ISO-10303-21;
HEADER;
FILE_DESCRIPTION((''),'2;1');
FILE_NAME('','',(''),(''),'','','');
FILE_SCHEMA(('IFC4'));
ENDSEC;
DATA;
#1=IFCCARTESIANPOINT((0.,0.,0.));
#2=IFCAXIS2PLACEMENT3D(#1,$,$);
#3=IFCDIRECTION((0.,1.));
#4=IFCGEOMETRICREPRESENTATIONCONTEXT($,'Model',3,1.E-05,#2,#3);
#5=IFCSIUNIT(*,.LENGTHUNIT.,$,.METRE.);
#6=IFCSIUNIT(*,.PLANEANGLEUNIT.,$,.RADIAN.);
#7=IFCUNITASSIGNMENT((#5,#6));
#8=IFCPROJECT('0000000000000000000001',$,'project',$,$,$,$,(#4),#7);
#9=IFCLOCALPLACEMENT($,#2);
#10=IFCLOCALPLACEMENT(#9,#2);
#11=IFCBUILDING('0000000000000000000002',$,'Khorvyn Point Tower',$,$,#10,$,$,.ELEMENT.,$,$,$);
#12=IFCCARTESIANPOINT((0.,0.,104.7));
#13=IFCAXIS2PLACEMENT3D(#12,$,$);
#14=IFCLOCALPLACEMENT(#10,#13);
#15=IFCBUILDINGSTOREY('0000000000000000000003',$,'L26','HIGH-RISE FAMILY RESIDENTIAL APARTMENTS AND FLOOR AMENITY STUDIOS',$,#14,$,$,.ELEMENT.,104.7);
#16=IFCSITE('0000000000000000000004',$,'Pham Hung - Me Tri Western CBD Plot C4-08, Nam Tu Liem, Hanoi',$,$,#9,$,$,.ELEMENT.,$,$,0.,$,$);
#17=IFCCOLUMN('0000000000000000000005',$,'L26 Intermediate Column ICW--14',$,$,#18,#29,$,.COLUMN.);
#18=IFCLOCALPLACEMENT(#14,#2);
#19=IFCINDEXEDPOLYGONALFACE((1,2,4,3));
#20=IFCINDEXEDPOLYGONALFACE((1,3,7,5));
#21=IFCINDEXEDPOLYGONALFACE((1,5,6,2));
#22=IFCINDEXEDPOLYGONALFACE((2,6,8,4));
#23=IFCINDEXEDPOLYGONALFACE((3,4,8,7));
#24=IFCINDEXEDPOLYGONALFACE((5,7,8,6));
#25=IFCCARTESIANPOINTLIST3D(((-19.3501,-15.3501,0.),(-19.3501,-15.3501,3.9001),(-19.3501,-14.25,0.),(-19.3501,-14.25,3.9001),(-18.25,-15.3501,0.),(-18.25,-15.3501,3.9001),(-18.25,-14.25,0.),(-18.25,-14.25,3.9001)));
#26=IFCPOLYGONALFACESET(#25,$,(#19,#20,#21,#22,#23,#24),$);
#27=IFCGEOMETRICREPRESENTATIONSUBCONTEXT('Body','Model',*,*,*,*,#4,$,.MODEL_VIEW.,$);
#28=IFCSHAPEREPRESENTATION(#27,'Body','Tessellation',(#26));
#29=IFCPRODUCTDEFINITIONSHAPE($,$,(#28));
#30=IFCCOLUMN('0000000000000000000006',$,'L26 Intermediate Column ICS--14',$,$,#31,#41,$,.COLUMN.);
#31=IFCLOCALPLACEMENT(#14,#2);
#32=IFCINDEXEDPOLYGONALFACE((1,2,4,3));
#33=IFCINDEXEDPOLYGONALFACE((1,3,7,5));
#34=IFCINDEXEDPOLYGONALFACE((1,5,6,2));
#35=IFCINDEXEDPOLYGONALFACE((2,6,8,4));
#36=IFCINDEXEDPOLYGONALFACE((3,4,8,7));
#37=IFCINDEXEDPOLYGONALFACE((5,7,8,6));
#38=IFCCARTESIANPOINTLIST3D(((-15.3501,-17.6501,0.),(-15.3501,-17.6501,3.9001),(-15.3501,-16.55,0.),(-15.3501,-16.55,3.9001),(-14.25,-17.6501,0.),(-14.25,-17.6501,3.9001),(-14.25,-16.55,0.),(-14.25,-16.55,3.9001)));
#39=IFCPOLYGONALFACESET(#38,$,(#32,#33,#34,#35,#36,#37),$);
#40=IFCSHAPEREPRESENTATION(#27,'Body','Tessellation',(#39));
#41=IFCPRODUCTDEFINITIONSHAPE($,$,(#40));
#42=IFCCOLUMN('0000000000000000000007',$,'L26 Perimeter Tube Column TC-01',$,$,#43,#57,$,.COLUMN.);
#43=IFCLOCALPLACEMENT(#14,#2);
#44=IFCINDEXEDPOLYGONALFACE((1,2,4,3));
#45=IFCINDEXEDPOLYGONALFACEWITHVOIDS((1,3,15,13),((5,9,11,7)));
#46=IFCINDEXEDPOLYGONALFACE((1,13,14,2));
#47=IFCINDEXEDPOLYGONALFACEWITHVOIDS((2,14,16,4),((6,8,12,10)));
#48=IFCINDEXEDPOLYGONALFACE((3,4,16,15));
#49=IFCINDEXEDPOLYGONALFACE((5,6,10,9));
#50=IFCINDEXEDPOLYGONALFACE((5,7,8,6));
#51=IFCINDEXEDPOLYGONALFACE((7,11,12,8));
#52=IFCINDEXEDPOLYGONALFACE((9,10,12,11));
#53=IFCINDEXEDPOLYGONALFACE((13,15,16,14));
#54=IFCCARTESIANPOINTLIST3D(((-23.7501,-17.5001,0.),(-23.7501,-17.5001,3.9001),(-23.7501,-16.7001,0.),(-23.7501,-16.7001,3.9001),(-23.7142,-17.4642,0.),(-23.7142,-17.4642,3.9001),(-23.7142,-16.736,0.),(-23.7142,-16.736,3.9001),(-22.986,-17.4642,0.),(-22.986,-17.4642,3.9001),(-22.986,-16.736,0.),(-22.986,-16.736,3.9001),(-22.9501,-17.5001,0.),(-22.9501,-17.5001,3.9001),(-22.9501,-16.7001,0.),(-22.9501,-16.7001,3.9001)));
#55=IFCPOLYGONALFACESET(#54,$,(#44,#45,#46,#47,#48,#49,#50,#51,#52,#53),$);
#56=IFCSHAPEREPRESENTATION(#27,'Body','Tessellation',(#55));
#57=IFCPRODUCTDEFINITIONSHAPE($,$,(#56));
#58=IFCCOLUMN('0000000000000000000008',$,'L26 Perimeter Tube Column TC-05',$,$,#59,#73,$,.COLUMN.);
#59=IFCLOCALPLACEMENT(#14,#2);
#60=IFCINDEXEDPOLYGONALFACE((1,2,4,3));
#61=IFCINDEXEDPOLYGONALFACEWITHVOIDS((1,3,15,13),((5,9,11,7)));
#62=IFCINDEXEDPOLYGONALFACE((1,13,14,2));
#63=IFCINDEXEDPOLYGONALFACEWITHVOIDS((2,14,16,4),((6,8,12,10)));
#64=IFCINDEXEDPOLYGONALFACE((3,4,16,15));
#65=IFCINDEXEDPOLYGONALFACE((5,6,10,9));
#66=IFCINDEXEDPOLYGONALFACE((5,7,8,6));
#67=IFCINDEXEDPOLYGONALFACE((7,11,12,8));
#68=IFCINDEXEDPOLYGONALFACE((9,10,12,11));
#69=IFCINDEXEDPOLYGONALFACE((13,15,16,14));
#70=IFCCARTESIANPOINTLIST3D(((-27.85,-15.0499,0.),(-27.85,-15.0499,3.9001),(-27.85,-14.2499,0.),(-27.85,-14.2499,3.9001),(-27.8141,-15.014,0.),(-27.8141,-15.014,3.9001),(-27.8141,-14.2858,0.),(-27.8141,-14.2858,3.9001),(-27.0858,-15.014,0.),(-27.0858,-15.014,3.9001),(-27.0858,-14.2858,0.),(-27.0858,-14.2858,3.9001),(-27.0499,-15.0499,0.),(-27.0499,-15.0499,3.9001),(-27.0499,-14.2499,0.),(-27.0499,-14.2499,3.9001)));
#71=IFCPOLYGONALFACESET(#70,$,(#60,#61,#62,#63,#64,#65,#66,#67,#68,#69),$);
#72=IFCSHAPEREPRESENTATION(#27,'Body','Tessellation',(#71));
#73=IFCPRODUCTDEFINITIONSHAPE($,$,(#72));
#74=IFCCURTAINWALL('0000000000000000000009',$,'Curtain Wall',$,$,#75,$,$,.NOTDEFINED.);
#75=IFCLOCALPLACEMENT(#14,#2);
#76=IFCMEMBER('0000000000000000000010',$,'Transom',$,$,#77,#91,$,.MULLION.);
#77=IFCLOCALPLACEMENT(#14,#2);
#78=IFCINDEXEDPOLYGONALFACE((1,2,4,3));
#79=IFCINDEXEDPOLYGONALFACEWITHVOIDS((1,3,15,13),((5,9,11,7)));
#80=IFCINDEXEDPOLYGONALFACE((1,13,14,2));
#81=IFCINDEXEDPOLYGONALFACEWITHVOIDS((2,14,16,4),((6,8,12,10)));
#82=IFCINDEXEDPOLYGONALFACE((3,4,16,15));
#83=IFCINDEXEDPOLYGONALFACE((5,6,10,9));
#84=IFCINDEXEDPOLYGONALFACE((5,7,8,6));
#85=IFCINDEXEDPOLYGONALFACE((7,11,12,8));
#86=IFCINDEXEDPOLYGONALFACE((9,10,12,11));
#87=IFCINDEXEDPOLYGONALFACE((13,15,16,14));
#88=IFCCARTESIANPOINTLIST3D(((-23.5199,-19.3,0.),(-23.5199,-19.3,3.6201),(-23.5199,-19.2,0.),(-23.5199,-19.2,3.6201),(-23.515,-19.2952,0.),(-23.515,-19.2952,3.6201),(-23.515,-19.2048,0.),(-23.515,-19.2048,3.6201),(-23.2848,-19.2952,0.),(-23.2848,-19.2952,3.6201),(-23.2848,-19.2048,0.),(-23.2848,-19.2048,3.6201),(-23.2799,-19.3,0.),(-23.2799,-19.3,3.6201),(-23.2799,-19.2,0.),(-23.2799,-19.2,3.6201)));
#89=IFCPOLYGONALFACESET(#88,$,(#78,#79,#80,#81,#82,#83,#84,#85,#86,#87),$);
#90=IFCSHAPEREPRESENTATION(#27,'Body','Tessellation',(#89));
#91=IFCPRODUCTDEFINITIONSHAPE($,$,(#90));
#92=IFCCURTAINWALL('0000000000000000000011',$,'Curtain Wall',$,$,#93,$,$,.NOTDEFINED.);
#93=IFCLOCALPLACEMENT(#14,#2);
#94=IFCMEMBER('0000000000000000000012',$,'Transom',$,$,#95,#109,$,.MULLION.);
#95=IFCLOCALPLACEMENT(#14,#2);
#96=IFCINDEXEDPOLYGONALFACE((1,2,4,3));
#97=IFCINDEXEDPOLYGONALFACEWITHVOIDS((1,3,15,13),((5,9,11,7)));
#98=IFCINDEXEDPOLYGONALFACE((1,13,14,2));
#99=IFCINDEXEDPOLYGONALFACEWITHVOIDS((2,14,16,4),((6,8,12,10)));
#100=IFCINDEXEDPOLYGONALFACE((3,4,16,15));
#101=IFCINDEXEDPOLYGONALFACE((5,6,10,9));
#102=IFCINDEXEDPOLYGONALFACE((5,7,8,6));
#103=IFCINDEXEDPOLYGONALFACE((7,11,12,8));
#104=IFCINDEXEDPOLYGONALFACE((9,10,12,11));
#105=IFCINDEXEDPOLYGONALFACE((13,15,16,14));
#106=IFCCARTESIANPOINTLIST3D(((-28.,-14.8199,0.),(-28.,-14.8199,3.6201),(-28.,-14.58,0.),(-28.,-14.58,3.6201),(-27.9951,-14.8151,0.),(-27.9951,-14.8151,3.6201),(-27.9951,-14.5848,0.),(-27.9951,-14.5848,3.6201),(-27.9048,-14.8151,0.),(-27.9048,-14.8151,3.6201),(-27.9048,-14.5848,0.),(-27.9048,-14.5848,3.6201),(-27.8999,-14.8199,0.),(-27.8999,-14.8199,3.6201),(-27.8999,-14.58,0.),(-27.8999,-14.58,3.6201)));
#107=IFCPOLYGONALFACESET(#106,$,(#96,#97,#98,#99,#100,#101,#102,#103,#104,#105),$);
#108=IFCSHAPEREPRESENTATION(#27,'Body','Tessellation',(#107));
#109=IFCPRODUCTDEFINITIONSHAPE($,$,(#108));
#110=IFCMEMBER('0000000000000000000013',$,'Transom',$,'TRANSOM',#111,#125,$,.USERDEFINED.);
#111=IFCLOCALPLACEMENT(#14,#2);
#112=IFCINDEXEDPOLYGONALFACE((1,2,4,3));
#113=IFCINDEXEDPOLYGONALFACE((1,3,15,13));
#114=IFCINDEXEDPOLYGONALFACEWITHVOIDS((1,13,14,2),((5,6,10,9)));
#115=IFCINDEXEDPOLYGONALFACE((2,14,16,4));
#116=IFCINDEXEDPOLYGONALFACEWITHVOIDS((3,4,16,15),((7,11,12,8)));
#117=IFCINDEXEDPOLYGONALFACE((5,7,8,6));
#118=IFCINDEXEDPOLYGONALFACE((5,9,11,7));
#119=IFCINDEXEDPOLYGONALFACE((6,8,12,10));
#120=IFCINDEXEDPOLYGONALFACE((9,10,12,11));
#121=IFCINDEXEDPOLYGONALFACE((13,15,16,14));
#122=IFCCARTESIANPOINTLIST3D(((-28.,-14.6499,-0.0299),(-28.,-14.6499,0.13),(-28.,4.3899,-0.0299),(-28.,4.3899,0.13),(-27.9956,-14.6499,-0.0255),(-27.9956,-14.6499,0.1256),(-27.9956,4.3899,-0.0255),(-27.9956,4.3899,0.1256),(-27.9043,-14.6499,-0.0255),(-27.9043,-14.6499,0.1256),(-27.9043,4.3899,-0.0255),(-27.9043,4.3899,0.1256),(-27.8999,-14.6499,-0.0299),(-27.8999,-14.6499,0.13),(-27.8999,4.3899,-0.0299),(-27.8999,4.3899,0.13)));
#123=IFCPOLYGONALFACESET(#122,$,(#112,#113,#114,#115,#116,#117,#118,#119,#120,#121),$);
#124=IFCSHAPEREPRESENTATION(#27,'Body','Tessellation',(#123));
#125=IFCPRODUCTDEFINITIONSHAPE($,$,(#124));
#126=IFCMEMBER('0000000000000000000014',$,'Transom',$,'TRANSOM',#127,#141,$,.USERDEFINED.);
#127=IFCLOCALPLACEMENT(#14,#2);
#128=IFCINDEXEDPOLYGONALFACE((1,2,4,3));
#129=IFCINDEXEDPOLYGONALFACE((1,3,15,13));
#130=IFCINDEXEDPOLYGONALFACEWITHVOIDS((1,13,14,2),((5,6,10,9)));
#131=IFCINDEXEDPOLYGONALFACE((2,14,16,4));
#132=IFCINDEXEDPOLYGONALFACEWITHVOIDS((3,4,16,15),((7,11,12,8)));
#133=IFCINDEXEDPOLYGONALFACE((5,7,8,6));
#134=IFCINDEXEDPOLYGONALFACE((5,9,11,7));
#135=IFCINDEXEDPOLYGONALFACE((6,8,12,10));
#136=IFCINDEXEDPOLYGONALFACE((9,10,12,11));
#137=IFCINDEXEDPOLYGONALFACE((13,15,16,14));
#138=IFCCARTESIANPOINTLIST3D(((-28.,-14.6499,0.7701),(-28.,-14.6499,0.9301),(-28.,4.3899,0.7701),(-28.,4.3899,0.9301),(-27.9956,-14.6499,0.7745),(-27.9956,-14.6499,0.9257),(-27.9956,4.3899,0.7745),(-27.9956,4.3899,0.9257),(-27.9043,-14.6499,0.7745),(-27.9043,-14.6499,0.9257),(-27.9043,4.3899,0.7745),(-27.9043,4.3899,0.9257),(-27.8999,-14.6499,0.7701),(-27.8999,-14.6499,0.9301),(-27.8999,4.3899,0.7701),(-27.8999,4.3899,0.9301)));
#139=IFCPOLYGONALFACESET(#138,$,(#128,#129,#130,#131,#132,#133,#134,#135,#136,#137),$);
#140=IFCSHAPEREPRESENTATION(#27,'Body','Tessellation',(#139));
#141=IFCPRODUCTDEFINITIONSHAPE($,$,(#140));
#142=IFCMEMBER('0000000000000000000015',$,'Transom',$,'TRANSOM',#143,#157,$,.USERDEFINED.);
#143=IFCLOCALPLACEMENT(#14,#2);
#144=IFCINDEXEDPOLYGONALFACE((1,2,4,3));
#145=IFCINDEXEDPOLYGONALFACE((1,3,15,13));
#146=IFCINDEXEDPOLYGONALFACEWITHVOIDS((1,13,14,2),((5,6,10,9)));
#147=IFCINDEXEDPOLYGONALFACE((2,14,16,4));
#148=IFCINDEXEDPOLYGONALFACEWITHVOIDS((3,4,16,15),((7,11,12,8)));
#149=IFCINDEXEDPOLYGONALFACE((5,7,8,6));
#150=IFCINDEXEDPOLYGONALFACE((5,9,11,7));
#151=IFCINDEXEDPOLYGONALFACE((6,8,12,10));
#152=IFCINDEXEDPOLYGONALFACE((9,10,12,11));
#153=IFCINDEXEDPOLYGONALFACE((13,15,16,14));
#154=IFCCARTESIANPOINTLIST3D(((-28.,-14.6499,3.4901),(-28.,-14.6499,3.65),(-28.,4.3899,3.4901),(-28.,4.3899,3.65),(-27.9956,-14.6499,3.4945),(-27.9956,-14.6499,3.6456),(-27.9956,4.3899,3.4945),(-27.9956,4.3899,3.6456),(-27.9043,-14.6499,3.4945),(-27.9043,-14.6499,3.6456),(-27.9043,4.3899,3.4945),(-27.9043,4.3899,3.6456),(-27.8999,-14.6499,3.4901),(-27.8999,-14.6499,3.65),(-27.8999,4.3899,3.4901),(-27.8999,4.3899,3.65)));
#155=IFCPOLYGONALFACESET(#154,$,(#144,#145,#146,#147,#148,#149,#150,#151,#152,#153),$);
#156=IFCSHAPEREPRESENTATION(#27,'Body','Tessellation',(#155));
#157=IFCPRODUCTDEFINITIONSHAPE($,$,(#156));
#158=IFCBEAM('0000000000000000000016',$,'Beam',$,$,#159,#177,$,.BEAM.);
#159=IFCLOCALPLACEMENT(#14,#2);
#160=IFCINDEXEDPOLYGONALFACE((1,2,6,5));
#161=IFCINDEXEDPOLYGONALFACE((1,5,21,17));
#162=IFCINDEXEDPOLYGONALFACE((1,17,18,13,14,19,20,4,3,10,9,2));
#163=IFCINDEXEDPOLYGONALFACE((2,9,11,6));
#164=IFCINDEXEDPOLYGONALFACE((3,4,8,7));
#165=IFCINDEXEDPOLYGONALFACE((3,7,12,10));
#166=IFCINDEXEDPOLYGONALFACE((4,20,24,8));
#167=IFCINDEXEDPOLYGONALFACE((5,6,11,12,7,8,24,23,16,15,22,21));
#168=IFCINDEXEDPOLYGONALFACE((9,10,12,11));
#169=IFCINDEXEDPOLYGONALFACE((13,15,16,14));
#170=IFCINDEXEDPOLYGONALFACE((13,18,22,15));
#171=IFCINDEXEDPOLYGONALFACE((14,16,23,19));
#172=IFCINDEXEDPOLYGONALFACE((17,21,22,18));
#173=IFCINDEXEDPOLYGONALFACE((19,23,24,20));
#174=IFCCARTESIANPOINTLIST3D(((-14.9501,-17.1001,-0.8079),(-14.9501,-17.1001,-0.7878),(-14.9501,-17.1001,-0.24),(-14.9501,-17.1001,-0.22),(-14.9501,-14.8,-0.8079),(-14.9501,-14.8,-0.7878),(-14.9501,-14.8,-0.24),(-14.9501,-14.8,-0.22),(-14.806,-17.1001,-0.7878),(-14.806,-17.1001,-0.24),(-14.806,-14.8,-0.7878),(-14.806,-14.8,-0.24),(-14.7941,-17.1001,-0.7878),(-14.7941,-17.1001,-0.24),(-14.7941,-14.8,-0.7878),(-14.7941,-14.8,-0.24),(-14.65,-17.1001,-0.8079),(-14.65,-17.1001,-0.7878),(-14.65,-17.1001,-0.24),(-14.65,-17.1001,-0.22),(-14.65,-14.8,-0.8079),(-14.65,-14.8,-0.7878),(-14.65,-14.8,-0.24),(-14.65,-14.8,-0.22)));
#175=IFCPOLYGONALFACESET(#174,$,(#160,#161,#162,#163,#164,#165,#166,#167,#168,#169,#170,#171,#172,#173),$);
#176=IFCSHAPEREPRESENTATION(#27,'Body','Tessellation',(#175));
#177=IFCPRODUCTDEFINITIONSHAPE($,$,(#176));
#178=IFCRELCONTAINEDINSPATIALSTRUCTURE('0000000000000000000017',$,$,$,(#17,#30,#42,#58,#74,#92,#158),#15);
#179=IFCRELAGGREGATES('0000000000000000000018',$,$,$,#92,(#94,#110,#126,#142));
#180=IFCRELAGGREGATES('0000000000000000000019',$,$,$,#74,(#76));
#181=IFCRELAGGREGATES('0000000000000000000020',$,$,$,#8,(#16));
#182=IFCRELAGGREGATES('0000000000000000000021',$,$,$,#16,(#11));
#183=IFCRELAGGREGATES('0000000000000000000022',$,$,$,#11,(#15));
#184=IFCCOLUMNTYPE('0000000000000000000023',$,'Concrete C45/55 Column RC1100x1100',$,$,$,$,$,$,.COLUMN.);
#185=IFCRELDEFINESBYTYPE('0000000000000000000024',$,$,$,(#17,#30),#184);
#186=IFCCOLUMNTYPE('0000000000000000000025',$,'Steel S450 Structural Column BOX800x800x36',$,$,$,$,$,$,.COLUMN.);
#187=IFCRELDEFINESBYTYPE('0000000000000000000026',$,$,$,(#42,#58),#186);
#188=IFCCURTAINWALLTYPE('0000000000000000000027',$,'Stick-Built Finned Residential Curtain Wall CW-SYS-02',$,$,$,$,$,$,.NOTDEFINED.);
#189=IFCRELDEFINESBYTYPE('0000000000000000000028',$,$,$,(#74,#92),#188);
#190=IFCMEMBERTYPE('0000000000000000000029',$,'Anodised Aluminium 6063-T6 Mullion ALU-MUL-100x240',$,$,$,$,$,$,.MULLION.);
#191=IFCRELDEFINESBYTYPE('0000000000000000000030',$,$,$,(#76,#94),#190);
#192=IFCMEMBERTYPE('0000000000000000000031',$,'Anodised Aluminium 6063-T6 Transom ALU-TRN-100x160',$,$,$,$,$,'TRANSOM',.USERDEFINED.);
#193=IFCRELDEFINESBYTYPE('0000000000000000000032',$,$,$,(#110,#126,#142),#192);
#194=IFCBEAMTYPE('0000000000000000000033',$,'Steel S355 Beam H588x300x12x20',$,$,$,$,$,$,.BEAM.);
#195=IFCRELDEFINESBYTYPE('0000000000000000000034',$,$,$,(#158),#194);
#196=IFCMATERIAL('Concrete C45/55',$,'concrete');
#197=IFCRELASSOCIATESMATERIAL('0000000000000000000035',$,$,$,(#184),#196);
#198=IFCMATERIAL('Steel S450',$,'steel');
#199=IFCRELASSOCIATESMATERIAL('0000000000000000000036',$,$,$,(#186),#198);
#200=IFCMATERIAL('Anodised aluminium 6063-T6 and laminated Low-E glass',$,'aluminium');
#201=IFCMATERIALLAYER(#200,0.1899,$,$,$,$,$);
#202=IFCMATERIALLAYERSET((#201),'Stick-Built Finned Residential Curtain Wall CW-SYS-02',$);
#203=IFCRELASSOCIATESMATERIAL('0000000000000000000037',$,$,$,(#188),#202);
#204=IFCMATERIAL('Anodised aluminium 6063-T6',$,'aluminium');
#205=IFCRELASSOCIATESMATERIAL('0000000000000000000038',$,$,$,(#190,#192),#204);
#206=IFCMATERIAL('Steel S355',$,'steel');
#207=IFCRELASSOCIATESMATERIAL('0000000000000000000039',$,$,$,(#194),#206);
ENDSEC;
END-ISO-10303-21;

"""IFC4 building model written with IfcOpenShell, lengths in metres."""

from ifc_helpers import new_model, si_unit, direction, frame, origin, origin_2d, place, context, subcontext, project, spatial, rectangle, hollow_rectangle, i_section, extrude, material, layer, layer_set, material_profile, profile_set, type_object, element, aggregate, save


model = new_model("IFC4")

# Units and contexts
model_context = context("Model", 3, precision=1e-05, world=origin(), true_north=direction((0.0, 1.0)))
body_context = subcontext(model_context, "Body", "Model", "MODEL_VIEW")
ifc_project = project(units=[si_unit("LENGTHUNIT", "METRE"), si_unit("PLANEANGLEUNIT", "RADIAN")], contexts=[model_context])

# Site, building, storey
site_placement = place(None, origin())
site = spatial("IfcSite", under=ifc_project, at=site_placement, Name="Pham Hung - Me Tri Western CBD Plot C4-08, Nam Tu Liem, Hanoi", CompositionType="ELEMENT", RefElevation=0.0)
building_placement = place(site_placement, origin())
building = spatial("IfcBuilding", under=site, at=building_placement, Name="Khorvyn Point Tower", CompositionType="ELEMENT")
storey_placement = place(building_placement, frame((0.0, 0.0, 104.7)))
storey = spatial("IfcBuildingStorey", under=building, at=storey_placement, Name="L26", Description="HIGH-RISE FAMILY RESIDENTIAL APARTMENTS AND FLOOR AMENITY STUDIOS", CompositionType="ELEMENT", Elevation=104.7)

# Columns
ifc_material_1 = material(Name="Concrete C45/55", Category="concrete")
ifc_material_profile_1 = material_profile(ifc_material_1, rectangle(XDim=1.1001, YDim=1.1001, at=origin_2d()))
ifc_profile_set_1 = profile_set([ifc_material_profile_1], Name="Concrete C45/55 RC1100x1100")
column_type_1 = type_object("IfcColumnType", Name="Concrete C45/55 Column RC1100x1100", PredefinedType="COLUMN", material=ifc_profile_set_1)
for number, where, z_axis, x_axis, name in (
    (1, (-18.8, -14.8, 0.0), (0.0, 0.0, 1.0), (1.0, 0.0, 0.0), "L26 Intermediate Column ICW--14"),
    (2, (-14.8, -17.1001, 0.0), (0.0, 0.0, 1.0), (1.0, 0.0, 0.0), "L26 Intermediate Column ICS--14"),
):
    element("IfcColumn", number, at=place(storey_placement, frame(where, z_axis=z_axis, x_axis=x_axis)), inside=storey, type_object=column_type_1, Name=name, PredefinedType="COLUMN", context=body_context, shape_type="SweptSolid", body=[
        extrude(rectangle(XDim=1.1001, YDim=1.1001, at=origin_2d()), origin(), (0.0, 0.0, 1.0), 3.9001),
    ])
ifc_material_2 = material(Name="Steel S450", Category="steel")
ifc_material_profile_2 = material_profile(ifc_material_2, hollow_rectangle(XDim=0.8, YDim=0.8, WallThickness=0.0359, at=origin_2d()))
ifc_profile_set_2 = profile_set([ifc_material_profile_2], Name="Steel S450 BOX800x800x36")
column_type_2 = type_object("IfcColumnType", Name="Steel S450 Structural Column BOX800x800x36", PredefinedType="COLUMN", material=ifc_profile_set_2)
for number, where, z_axis, x_axis, name in (
    (3, (-23.3501, -17.1001, 0.0), (0.0, 0.0, 1.0), (1.0, 0.0, 0.0), "L26 Perimeter Tube Column TC-01"),
    (4, (-27.45, -14.6499, 0.0), (0.0, 0.0, 1.0), (1.0, 0.0, 0.0), "L26 Perimeter Tube Column TC-05"),
):
    element("IfcColumn", number, at=place(storey_placement, frame(where, z_axis=z_axis, x_axis=x_axis)), inside=storey, type_object=column_type_2, Name=name, PredefinedType="COLUMN", context=body_context, shape_type="SweptSolid", body=[
        extrude(hollow_rectangle(XDim=0.8, YDim=0.8, WallThickness=0.0359, at=origin_2d()), origin(), (0.0, 0.0, 1.0), 3.9001),
    ])

# Curtain wall, member
ifc_material_3 = material(Name="Anodised aluminium 6063-T6 and laminated Low-E glass", Category="aluminium")
ifc_layer_1 = layer(ifc_material_3, 0.1899)
ifc_layer_set_1 = layer_set([ifc_layer_1], Name="Stick-Built Finned Residential Curtain Wall CW-SYS-02")
curtain_wall_type = type_object("IfcCurtainWallType", Name="Stick-Built Finned Residential Curtain Wall CW-SYS-02", PredefinedType="NOTDEFINED", material=ifc_layer_set_1)
curtain_wall_1_placement = place(storey_placement, origin())
curtain_wall_1 = element("IfcCurtainWall", 5, at=curtain_wall_1_placement, inside=storey, type_object=curtain_wall_type, Name="Curtain Wall", PredefinedType="NOTDEFINED")
ifc_material_4 = material(Name="Anodised aluminium 6063-T6", Category="aluminium")
ifc_material_profile_3 = material_profile(ifc_material_4, hollow_rectangle(XDim=0.1001, YDim=0.24, WallThickness=0.0049, at=origin_2d()))
ifc_profile_set_3 = profile_set([ifc_material_profile_3], Name="Anodised aluminium 6063-T6 ALU-MUL-100x240")
member_type_1 = type_object("IfcMemberType", Name="Anodised Aluminium 6063-T6 Mullion ALU-MUL-100x240", PredefinedType="MULLION", material=ifc_profile_set_3)
member_1_placement = place(storey_placement, frame((-23.3999, -19.25, 0.0), z_axis=(0.0, 0.0, 1.0), x_axis=(0.0, -1.0, 0.0)))
member_1 = element("IfcMember", 6, at=member_1_placement, type_object=member_type_1, Name="Transom", PredefinedType="MULLION", context=body_context, shape_type="SweptSolid", body=[
    extrude(hollow_rectangle(XDim=0.1001, YDim=0.24, WallThickness=0.0049, at=origin_2d()), origin(), (0.0, 0.0, 1.0), 3.6201),
])

# Curtain wall, members
curtain_wall_2_placement = place(storey_placement, origin())
curtain_wall_2 = element("IfcCurtainWall", 7, at=curtain_wall_2_placement, inside=storey, type_object=curtain_wall_type, Name="Curtain Wall", PredefinedType="NOTDEFINED")
member_2_placement = place(storey_placement, frame((-27.95, -14.7, 0.0), z_axis=(0.0, 0.0, 1.0), x_axis=(-1.0, 0.0, 0.0)))
member_2 = element("IfcMember", 8, at=member_2_placement, type_object=member_type_1, Name="Transom", PredefinedType="MULLION", context=body_context, shape_type="SweptSolid", body=[
    extrude(hollow_rectangle(XDim=0.1001, YDim=0.24, WallThickness=0.0049, at=origin_2d()), origin(), (0.0, 0.0, 1.0), 3.6201),
])
ifc_material_profile_4 = material_profile(ifc_material_4, hollow_rectangle(XDim=0.1001, YDim=0.1599, WallThickness=0.0044, at=origin_2d()))
ifc_profile_set_4 = profile_set([ifc_material_profile_4], Name="Anodised aluminium 6063-T6 ALU-TRN-100x160")
member_type_2 = type_object("IfcMemberType", Name="Anodised Aluminium 6063-T6 Transom ALU-TRN-100x160", ElementType="TRANSOM", PredefinedType="USERDEFINED", material=ifc_profile_set_4)
member_3_placement = place(storey_placement, frame((-27.95, -14.6499, 0.05), z_axis=(0.0, 1.0, 0.0), x_axis=(-1.0, 0.0, 0.0)))
member_3 = element("IfcMember", 9, at=member_3_placement, type_object=member_type_2, Name="Transom", ObjectType="TRANSOM", PredefinedType="USERDEFINED", context=body_context, shape_type="SweptSolid", body=[
    extrude(hollow_rectangle(XDim=0.1001, YDim=0.1599, WallThickness=0.0044, at=origin_2d()), origin(), (0.0, 0.0, 1.0), 19.0398),
])
member_4_placement = place(storey_placement, frame((-27.95, -14.6499, 0.8501), z_axis=(0.0, 1.0, 0.0), x_axis=(-1.0, 0.0, 0.0)))
member_4 = element("IfcMember", 10, at=member_4_placement, type_object=member_type_2, Name="Transom", ObjectType="TRANSOM", PredefinedType="USERDEFINED", context=body_context, shape_type="SweptSolid", body=[
    extrude(hollow_rectangle(XDim=0.1001, YDim=0.1599, WallThickness=0.0044, at=origin_2d()), origin(), (0.0, 0.0, 1.0), 19.0398),
])
member_5_placement = place(storey_placement, frame((-27.95, -14.6499, 3.5701), z_axis=(0.0, 1.0, 0.0), x_axis=(-1.0, 0.0, 0.0)))
member_5 = element("IfcMember", 11, at=member_5_placement, type_object=member_type_2, Name="Transom", ObjectType="TRANSOM", PredefinedType="USERDEFINED", context=body_context, shape_type="SweptSolid", body=[
    extrude(hollow_rectangle(XDim=0.1001, YDim=0.1599, WallThickness=0.0044, at=origin_2d()), origin(), (0.0, 0.0, 1.0), 19.0398),
])
aggregate(curtain_wall_2, [member_2, member_3, member_4, member_5])

# Beam
ifc_material_5 = material(Name="Steel S355", Category="steel")
ifc_material_profile_5 = material_profile(ifc_material_5, i_section(OverallWidth=0.3, OverallDepth=0.5879, WebThickness=0.012, FlangeThickness=0.02, at=origin_2d()))
ifc_profile_set_5 = profile_set([ifc_material_profile_5], Name="Steel S355 H588x300x12x20")
beam_type_1 = type_object("IfcBeamType", Name="Steel S355 Beam H588x300x12x20", PredefinedType="BEAM", material=ifc_profile_set_5)
beam_1_placement = place(storey_placement, frame((-14.8, -17.1001, -0.5139), z_axis=(0.0, 1.0, 0.0), x_axis=(-1.0, 0.0, 0.0)))
element("IfcBeam", 12, at=beam_1_placement, inside=storey, type_object=beam_type_1, Name="Beam", PredefinedType="BEAM", context=body_context, shape_type="SweptSolid", body=[
    extrude(i_section(OverallWidth=0.3, OverallDepth=0.5879, WebThickness=0.012, FlangeThickness=0.02, at=origin_2d()), origin(), (0.0, 0.0, 1.0), 2.3),
])

aggregate(curtain_wall_1, [member_1])

save(model, "model.ifc")
